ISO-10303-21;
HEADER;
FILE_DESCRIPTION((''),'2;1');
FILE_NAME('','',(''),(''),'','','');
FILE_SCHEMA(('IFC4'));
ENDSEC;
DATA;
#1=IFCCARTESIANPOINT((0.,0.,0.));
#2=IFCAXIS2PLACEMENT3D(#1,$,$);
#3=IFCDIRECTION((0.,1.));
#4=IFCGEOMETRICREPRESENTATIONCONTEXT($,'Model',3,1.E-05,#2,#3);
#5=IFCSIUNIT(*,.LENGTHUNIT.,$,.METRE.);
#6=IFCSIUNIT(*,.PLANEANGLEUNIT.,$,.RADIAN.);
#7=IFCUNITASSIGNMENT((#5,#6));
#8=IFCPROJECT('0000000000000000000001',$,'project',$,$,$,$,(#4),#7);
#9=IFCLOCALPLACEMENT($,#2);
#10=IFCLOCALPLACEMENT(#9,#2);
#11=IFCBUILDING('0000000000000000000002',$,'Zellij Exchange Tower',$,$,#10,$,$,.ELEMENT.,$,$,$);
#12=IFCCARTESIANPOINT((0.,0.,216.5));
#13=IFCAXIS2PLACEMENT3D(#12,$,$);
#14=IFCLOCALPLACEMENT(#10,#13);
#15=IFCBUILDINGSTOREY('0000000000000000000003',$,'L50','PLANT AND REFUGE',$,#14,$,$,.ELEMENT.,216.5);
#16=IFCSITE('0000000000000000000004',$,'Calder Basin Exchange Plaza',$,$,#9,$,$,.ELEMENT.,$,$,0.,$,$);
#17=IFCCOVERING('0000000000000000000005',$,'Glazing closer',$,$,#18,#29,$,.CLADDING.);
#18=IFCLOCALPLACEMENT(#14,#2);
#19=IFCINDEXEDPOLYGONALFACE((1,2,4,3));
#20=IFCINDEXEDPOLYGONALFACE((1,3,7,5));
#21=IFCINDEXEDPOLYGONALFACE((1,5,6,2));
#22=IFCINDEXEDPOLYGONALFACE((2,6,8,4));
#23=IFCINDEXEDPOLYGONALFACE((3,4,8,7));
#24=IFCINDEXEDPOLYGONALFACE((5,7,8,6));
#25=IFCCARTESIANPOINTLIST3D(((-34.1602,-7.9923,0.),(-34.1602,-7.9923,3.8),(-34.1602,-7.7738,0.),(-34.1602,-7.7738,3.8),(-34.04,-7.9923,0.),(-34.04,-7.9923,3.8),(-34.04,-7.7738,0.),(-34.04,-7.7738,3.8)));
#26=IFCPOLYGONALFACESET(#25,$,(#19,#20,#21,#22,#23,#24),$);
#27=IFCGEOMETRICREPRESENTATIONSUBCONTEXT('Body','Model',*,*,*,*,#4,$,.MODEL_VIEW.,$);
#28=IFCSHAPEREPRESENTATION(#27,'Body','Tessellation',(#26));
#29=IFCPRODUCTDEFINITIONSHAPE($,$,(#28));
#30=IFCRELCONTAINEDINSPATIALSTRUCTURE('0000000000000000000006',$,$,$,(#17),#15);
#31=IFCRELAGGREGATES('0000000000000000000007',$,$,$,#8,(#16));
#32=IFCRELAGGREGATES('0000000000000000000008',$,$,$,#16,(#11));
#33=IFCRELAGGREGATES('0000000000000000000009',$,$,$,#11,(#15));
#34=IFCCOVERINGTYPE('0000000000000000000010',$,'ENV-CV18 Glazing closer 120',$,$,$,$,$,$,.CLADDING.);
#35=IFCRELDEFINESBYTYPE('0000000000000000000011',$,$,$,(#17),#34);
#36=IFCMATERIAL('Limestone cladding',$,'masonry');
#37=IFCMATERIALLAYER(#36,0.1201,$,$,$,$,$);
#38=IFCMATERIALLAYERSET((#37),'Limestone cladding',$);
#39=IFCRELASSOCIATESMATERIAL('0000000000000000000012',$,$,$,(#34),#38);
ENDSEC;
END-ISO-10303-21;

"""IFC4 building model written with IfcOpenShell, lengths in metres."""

from ifc_helpers import new_model, si_unit, direction, frame, origin, origin_2d, place, context, subcontext, project, spatial, rectangle, extrude, material, layer, layer_set, type_object, element, save


model = new_model("IFC4")

# Units and contexts
model_context = context("Model", 3, precision=1e-05, world=origin(), true_north=direction((0.0, 1.0)))
body_context = subcontext(model_context, "Body", "Model", "MODEL_VIEW")
ifc_project = project(units=[si_unit("LENGTHUNIT", "METRE"), si_unit("PLANEANGLEUNIT", "RADIAN")], contexts=[model_context])

# Site, building, storey
site_placement = place(None, origin())
site = spatial("IfcSite", under=ifc_project, at=site_placement, Name="Calder Basin Exchange Plaza", CompositionType="ELEMENT", RefElevation=0.0)
building_placement = place(site_placement, origin())
building = spatial("IfcBuilding", under=site, at=building_placement, Name="Zellij Exchange Tower", CompositionType="ELEMENT")
storey_placement = place(building_placement, frame((0.0, 0.0, 216.5)))
storey = spatial("IfcBuildingStorey", under=building, at=storey_placement, Name="L50", Description="PLANT AND REFUGE", CompositionType="ELEMENT", Elevation=216.5)

# Covering
ifc_material_1 = material(Name="Limestone cladding", Category="masonry")
ifc_layer_1 = layer(ifc_material_1, 0.1201)
ifc_layer_set_1 = layer_set([ifc_layer_1], Name="Limestone cladding")
covering_type = type_object("IfcCoveringType", Name="ENV-CV18 Glazing closer 120", PredefinedType="CLADDING", material=ifc_layer_set_1)
covering_placement = place(storey_placement, frame((-34.1001, -7.8831, 0.0), z_axis=(0.0, 0.0, 1.0), x_axis=(0.0, -1.0, 0.0)))
element("IfcCovering", 1, at=covering_placement, inside=storey, type_object=covering_type, Name="Glazing closer", PredefinedType="CLADDING", context=body_context, shape_type="SweptSolid", body=[
    extrude(rectangle(XDim=0.2185, YDim=0.1201, at=origin_2d()), origin(), (0.0, 0.0, 1.0), 3.8),
])

save(model, "model.ifc")
